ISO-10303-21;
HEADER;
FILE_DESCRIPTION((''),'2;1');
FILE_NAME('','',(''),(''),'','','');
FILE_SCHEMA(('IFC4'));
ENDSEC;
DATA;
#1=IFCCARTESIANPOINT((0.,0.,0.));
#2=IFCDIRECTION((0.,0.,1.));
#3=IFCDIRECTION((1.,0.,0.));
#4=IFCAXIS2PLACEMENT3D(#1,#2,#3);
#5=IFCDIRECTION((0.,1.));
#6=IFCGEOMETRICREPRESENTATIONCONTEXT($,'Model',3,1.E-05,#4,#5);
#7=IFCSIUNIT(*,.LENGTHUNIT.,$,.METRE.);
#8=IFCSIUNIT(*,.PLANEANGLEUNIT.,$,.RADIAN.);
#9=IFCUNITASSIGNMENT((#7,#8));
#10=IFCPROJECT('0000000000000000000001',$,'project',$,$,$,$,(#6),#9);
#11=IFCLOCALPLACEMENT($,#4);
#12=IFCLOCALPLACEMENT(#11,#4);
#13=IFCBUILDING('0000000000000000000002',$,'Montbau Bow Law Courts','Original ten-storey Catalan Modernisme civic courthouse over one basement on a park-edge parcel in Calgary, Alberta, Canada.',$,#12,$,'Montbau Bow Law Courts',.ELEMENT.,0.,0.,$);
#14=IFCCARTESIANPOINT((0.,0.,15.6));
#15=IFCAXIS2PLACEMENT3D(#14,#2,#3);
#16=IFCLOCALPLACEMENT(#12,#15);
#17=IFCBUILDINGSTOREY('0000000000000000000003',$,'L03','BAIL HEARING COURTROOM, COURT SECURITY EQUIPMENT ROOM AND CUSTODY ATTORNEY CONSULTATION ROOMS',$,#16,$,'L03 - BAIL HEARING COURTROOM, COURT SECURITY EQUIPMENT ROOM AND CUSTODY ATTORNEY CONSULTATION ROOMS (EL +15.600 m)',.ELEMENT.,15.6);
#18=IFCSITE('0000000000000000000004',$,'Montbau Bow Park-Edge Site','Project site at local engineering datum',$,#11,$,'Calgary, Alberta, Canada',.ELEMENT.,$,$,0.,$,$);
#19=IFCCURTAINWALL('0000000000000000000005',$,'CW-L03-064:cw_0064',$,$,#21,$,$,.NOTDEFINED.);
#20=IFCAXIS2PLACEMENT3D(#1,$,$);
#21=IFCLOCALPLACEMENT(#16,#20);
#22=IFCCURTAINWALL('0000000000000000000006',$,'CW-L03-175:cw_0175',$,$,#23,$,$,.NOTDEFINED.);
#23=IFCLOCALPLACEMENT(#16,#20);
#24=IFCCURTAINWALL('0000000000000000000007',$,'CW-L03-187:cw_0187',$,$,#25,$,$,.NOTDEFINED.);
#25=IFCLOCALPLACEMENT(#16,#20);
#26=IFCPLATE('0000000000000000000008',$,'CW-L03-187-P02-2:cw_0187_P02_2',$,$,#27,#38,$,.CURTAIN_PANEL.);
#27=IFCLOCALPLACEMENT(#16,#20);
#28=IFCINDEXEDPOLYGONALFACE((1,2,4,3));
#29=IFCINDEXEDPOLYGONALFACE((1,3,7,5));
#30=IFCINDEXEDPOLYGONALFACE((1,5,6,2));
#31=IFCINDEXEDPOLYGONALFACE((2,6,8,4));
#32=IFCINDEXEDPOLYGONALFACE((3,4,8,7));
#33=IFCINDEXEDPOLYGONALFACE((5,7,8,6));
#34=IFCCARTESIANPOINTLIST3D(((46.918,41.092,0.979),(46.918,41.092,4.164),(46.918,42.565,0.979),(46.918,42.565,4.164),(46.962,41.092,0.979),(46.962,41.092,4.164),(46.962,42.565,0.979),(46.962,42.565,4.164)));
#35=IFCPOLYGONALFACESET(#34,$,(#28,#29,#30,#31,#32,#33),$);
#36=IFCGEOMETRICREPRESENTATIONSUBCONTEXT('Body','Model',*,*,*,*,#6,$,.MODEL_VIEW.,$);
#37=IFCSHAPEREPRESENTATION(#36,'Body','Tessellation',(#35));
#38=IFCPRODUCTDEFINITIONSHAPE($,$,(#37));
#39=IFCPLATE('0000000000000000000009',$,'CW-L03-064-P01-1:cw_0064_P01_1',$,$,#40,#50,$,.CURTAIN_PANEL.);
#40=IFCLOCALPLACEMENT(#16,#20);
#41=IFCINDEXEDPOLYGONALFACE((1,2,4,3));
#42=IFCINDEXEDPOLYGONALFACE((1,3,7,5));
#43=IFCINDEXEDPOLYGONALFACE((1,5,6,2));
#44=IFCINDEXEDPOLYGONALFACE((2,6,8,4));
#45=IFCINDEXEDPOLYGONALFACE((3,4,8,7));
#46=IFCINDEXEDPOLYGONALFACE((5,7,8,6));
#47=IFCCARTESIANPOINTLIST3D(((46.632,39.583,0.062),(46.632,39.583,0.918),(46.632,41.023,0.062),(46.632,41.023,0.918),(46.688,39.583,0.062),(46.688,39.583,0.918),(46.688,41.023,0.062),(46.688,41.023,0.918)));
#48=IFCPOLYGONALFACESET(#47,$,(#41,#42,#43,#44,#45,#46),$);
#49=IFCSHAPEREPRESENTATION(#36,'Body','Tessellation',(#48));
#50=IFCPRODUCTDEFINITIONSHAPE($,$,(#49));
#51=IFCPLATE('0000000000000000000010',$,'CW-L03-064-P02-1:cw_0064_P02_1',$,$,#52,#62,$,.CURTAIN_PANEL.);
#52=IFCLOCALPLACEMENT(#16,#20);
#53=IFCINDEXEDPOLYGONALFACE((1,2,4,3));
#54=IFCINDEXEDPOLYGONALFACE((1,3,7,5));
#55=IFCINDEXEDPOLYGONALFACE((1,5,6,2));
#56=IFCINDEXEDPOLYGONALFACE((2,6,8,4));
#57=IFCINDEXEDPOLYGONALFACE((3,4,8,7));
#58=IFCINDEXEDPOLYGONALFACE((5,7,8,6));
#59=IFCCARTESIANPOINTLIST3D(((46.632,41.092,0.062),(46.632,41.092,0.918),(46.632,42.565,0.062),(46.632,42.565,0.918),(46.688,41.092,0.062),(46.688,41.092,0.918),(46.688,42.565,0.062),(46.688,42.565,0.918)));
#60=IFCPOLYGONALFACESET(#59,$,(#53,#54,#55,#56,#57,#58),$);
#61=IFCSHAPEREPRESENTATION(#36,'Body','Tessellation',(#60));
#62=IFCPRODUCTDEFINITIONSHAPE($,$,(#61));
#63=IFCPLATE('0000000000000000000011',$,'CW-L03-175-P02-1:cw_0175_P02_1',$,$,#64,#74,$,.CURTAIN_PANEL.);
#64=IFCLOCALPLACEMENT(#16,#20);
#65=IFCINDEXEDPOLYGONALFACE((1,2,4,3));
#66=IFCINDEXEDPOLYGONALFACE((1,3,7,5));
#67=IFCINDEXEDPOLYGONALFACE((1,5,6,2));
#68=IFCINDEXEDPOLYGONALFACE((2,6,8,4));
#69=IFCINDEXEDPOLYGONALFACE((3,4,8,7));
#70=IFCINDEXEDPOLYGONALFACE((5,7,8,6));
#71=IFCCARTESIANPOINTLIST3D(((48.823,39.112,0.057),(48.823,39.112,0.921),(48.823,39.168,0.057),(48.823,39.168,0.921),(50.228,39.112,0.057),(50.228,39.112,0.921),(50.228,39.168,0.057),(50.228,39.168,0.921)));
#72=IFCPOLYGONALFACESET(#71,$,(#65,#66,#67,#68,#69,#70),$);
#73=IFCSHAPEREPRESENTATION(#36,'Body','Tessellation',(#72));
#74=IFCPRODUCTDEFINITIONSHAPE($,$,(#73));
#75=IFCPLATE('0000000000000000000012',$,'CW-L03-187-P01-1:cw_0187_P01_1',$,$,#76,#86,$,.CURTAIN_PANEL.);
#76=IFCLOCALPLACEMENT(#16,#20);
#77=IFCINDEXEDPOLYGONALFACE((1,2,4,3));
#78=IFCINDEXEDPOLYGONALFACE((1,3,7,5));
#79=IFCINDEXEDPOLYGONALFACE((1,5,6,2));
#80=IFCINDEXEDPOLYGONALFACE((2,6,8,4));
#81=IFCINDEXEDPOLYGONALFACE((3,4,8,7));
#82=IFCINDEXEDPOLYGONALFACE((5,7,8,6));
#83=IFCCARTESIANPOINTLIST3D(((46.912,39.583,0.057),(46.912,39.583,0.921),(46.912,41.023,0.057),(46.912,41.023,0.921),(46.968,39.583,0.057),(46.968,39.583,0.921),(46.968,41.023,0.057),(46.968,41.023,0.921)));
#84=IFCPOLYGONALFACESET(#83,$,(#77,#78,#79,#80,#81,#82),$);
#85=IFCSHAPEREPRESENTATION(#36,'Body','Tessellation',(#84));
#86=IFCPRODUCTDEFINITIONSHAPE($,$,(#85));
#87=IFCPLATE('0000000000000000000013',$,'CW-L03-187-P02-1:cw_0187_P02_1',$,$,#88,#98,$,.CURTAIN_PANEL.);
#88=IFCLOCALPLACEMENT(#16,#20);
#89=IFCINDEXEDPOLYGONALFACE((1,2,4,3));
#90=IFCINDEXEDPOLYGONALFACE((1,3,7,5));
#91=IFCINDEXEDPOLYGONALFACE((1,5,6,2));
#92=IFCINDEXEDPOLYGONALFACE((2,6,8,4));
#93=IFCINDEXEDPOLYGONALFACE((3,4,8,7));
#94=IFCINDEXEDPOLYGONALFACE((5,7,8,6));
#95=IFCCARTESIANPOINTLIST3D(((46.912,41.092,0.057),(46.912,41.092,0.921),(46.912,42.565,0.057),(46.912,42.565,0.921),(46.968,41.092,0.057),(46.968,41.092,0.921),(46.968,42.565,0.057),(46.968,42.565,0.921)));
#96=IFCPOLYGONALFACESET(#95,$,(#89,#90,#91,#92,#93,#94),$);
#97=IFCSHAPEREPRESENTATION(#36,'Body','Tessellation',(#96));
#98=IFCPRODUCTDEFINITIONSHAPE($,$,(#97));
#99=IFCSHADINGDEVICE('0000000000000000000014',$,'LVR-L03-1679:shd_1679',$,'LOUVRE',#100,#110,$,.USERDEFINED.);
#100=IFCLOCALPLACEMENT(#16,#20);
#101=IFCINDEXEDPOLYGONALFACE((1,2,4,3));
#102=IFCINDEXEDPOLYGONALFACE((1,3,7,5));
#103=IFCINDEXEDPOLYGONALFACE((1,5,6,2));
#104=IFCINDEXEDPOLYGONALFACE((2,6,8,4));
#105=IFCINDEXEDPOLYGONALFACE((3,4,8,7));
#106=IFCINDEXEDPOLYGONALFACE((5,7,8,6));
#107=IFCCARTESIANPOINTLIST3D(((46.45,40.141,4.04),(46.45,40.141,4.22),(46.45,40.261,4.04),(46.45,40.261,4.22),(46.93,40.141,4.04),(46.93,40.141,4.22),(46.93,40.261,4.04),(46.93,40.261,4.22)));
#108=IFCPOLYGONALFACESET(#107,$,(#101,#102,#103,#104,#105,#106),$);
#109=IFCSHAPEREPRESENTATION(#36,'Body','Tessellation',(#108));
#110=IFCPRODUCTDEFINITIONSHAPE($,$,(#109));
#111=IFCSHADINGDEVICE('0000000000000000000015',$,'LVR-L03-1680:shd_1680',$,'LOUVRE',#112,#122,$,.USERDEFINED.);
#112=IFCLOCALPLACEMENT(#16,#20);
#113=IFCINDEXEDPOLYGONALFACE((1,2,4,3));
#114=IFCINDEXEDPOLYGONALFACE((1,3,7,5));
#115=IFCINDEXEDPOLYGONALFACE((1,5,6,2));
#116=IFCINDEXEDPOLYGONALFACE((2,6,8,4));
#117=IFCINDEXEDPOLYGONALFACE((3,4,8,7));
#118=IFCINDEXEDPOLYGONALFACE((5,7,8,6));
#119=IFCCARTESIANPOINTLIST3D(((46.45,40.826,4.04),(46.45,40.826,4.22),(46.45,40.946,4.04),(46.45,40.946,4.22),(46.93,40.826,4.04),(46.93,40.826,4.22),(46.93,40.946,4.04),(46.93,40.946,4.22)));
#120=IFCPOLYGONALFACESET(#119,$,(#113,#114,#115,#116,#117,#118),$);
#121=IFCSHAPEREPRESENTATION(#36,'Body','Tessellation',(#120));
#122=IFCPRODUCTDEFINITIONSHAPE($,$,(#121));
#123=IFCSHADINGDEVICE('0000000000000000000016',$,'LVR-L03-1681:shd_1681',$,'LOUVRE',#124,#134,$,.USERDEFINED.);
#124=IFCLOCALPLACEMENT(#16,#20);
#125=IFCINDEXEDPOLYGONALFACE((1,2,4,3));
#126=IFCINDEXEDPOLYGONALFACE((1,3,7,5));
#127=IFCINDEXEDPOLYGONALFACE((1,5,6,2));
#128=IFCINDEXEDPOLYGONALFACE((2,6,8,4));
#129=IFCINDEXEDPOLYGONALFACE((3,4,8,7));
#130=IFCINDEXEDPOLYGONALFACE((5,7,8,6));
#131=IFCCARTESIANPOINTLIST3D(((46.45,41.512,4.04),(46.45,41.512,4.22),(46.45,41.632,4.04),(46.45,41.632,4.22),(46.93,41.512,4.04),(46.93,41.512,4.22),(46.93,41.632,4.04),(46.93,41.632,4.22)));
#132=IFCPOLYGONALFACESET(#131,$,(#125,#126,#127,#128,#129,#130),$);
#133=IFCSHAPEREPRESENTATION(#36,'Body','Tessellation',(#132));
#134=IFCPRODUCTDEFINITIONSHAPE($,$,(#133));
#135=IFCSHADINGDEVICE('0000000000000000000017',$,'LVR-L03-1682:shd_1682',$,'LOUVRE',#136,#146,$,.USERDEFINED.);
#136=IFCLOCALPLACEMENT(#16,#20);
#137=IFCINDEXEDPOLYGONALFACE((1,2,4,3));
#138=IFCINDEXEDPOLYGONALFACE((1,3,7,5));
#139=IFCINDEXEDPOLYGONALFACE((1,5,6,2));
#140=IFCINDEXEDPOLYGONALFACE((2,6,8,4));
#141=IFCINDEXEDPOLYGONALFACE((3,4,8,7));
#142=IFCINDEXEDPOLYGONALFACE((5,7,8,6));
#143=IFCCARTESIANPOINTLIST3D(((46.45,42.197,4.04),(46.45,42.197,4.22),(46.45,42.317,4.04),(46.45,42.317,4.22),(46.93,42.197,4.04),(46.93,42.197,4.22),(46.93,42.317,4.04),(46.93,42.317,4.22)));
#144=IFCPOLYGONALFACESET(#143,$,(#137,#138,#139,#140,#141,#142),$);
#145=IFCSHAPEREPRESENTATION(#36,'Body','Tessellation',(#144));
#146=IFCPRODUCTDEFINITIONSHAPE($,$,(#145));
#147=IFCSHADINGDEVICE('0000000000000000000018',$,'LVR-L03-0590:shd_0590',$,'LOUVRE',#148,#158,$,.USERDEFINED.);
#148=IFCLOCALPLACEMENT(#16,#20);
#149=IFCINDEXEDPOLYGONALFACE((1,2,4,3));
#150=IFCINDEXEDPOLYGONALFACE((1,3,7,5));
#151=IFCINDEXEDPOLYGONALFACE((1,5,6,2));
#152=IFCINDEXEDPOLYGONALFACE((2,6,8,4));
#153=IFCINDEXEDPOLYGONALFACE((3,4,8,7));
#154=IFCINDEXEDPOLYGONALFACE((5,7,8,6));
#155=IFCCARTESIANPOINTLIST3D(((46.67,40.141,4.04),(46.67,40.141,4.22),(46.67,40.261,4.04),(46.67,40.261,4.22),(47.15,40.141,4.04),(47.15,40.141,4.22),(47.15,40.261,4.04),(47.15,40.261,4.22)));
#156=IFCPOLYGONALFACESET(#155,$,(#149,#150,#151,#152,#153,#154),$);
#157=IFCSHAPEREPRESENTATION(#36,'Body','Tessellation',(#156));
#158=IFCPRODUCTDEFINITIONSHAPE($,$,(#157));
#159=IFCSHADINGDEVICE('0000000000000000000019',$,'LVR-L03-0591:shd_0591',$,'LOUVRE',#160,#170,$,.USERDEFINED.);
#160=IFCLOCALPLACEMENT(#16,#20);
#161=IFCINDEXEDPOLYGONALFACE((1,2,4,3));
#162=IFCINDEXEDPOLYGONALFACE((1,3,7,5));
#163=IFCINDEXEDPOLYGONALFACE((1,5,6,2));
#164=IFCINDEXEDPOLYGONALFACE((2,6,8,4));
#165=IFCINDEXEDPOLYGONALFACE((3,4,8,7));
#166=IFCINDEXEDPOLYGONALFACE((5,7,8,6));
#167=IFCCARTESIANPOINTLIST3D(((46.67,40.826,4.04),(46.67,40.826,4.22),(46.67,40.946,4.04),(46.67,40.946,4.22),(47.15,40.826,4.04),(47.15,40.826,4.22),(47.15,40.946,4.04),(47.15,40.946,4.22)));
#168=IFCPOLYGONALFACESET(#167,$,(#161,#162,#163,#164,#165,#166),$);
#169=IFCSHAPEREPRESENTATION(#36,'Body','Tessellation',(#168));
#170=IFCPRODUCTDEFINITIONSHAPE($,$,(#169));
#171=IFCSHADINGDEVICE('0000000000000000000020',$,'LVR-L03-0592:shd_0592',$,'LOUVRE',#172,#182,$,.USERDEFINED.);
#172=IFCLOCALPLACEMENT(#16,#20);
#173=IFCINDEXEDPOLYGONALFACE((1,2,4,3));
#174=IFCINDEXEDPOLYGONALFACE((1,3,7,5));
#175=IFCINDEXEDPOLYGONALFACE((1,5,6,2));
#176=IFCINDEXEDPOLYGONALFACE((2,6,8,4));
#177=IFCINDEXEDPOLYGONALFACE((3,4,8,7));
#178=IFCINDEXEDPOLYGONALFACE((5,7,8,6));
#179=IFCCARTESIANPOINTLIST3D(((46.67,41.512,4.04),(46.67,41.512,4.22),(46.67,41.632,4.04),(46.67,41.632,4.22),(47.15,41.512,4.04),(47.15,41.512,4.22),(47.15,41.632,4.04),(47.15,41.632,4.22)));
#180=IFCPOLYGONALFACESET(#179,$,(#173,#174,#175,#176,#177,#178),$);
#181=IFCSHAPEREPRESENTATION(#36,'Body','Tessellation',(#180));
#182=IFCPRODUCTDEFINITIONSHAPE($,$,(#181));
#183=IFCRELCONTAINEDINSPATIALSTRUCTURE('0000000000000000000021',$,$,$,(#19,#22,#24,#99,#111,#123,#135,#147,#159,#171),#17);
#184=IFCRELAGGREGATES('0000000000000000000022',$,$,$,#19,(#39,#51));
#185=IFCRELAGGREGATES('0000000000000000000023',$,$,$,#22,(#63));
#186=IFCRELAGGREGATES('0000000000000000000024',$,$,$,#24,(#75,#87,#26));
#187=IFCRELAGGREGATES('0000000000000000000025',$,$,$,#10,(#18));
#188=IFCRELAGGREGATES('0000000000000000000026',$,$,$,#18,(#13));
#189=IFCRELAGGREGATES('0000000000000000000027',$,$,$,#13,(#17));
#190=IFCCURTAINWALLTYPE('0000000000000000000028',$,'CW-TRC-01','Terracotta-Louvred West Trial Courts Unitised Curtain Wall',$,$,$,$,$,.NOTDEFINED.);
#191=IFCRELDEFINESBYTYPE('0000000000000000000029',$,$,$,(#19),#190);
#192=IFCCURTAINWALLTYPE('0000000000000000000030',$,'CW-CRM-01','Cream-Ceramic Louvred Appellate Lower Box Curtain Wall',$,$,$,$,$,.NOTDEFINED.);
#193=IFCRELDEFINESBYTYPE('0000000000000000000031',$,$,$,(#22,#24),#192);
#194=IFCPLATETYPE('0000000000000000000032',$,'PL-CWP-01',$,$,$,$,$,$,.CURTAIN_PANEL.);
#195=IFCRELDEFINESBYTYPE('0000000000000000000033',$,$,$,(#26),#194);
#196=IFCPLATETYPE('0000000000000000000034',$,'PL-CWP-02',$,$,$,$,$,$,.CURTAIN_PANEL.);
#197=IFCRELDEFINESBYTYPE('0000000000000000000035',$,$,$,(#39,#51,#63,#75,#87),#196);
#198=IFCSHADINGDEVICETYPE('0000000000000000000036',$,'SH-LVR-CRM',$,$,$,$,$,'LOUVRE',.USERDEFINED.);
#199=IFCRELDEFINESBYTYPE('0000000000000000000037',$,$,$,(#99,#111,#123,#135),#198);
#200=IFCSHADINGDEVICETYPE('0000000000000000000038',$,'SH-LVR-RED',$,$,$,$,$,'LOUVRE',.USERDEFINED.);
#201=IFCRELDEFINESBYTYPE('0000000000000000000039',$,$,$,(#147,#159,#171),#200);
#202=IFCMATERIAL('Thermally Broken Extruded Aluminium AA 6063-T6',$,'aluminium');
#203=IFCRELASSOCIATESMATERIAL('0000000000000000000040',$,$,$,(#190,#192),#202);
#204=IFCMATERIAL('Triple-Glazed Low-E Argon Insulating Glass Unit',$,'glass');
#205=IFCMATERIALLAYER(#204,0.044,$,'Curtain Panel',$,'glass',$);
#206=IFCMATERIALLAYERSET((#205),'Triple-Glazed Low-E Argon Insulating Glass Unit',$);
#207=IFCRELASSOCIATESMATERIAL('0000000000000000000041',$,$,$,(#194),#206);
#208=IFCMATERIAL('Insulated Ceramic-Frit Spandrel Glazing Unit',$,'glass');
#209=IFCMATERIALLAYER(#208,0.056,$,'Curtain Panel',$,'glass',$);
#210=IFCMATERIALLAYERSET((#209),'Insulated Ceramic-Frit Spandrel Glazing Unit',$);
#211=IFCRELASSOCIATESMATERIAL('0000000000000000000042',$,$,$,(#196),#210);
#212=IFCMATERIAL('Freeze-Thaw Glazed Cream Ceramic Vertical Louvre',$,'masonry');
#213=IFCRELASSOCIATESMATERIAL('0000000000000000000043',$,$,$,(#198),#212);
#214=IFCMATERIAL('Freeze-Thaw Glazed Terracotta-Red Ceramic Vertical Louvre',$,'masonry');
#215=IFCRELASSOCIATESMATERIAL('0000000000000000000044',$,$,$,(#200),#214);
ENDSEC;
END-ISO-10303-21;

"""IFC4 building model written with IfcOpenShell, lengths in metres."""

from ifc_helpers import new_model, si_unit, direction, frame, frame_2d, origin_with_axes, origin_2d_with_axis, place, context, subcontext, project, spatial, rectangle, extrude, material, layer, layer_set, type_object, element, aggregate, save


model = new_model("IFC4")

# Units and contexts
model_context = context("Model", 3, precision=1e-05, world=origin_with_axes(), true_north=direction((0.0, 1.0)))
body_context = subcontext(model_context, "Body", "Model", "MODEL_VIEW")
ifc_project = project(units=[si_unit("LENGTHUNIT", "METRE"), si_unit("PLANEANGLEUNIT", "RADIAN")], contexts=[model_context])

# Site, building, storey
site_placement = place(None, origin_with_axes())
site = spatial("IfcSite", under=ifc_project, at=site_placement, Name="Montbau Bow Park-Edge Site", Description="Project site at local engineering datum", LongName="Calgary, Alberta, Canada", CompositionType="ELEMENT", RefElevation=0.0)
building_placement = place(site_placement, origin_with_axes())
building = spatial("IfcBuilding", under=site, at=building_placement, Name="Montbau Bow Law Courts", Description="Original ten-storey Catalan Modernisme civic courthouse over one basement on a park-edge parcel in Calgary, Alberta, Canada.", LongName="Montbau Bow Law Courts", CompositionType="ELEMENT", ElevationOfRefHeight=0.0, ElevationOfTerrain=0.0)
storey_placement = place(building_placement, frame((0.0, 0.0, 15.6), z_axis=(0.0, 0.0, 1.0), x_axis=(1.0, 0.0, 0.0)))
storey = spatial("IfcBuildingStorey", under=building, at=storey_placement, Name="L03", Description="BAIL HEARING COURTROOM, COURT SECURITY EQUIPMENT ROOM AND CUSTODY ATTORNEY CONSULTATION ROOMS", LongName="L03 - BAIL HEARING COURTROOM, COURT SECURITY EQUIPMENT ROOM AND CUSTODY ATTORNEY CONSULTATION ROOMS (EL +15.600 m)", CompositionType="ELEMENT", Elevation=15.6)

# Curtain walls
ifc_material_1 = material(Name="Thermally Broken Extruded Aluminium AA 6063-T6", Category="aluminium")
curtain_wall_type_1 = type_object("IfcCurtainWallType", Name="CW-TRC-01", Description="Terracotta-Louvred West Trial Courts Unitised Curtain Wall", PredefinedType="NOTDEFINED", material=ifc_material_1)
curtain_wall_1_placement = place(None, frame((46.66, 39.515, 15.6), z_axis=(0.0, 0.0, 1.0), x_axis=(1.0, 0.0, 0.0)))
curtain_wall_1 = element("IfcCurtainWall", 1, at=curtain_wall_1_placement, inside=storey, type_object=curtain_wall_type_1, Name="CW-L03-064:cw_0064", PredefinedType="NOTDEFINED")
curtain_wall_type_2 = type_object("IfcCurtainWallType", Name="CW-CRM-01", Description="Cream-Ceramic Louvred Appellate Lower Box Curtain Wall", PredefinedType="NOTDEFINED", material=ifc_material_1)
curtain_wall_2_placement = place(None, frame((47.315, 39.14, 15.6), z_axis=(0.0, 0.0, 1.0), x_axis=(1.0, 0.0, 0.0)))
curtain_wall_2 = element("IfcCurtainWall", 2, at=curtain_wall_2_placement, inside=storey, type_object=curtain_wall_type_2, Name="CW-L03-175:cw_0175", PredefinedType="NOTDEFINED")
curtain_wall_3_placement = place(None, frame((46.94, 39.515, 15.6), z_axis=(0.0, 0.0, 1.0), x_axis=(1.0, 0.0, 0.0)))
curtain_wall_3 = element("IfcCurtainWall", 3, at=curtain_wall_3_placement, inside=storey, type_object=curtain_wall_type_2, Name="CW-L03-187:cw_0187", PredefinedType="NOTDEFINED")

# Plates
ifc_material_2 = material(Name="Triple-Glazed Low-E Argon Insulating Glass Unit", Category="glass")
ifc_layer_1 = layer(ifc_material_2, 0.044, Name="Curtain Panel", Category="glass")
ifc_layer_set_1 = layer_set([ifc_layer_1], Name="Triple-Glazed Low-E Argon Insulating Glass Unit")
plate_type_1 = type_object("IfcPlateType", Name="PL-CWP-01", PredefinedType="CURTAIN_PANEL", material=ifc_layer_set_1)
plate_1_placement = place(None, frame((46.94, 41.092, 16.579), z_axis=(1.0, 0.0, 0.0), x_axis=(0.0, 1.0, 0.0)))
plate_1 = element("IfcPlate", 4, at=plate_1_placement, type_object=plate_type_1, Name="CW-L03-187-P02-2:cw_0187_P02_2", PredefinedType="CURTAIN_PANEL", context=body_context, shape_type="SweptSolid", body=[
    extrude(rectangle(XDim=1.473, YDim=3.185, at=frame_2d((0.7365, 1.5925), x_axis=(1.0, 0.0))), frame((0.0, 0.0, -0.022), z_axis=(0.0, 0.0, 1.0), x_axis=(1.0, 0.0, 0.0)), (0.0, 0.0, 1.0), 0.044),
])
ifc_material_3 = material(Name="Insulated Ceramic-Frit Spandrel Glazing Unit", Category="glass")
ifc_layer_2 = layer(ifc_material_3, 0.056, Name="Curtain Panel", Category="glass")
ifc_layer_set_2 = layer_set([ifc_layer_2], Name="Insulated Ceramic-Frit Spandrel Glazing Unit")
plate_type_2 = type_object("IfcPlateType", Name="PL-CWP-02", PredefinedType="CURTAIN_PANEL", material=ifc_layer_set_2)
plate_2_placement = place(None, frame((46.66, 39.583, 15.662), z_axis=(1.0, 0.0, 0.0), x_axis=(0.0, 1.0, 0.0)))
plate_2 = element("IfcPlate", 5, at=plate_2_placement, type_object=plate_type_2, Name="CW-L03-064-P01-1:cw_0064_P01_1", PredefinedType="CURTAIN_PANEL", context=body_context, shape_type="SweptSolid", body=[
    extrude(rectangle(XDim=1.44, YDim=0.856, at=frame_2d((0.72, 0.428), x_axis=(1.0, 0.0))), frame((0.0, 0.0, -0.028), z_axis=(0.0, 0.0, 1.0), x_axis=(1.0, 0.0, 0.0)), (0.0, 0.0, 1.0), 0.056),
])
plate_3_placement = place(None, frame((46.66, 41.092, 15.662), z_axis=(1.0, 0.0, 0.0), x_axis=(0.0, 1.0, 0.0)))
plate_3 = element("IfcPlate", 6, at=plate_3_placement, type_object=plate_type_2, Name="CW-L03-064-P02-1:cw_0064_P02_1", PredefinedType="CURTAIN_PANEL", context=body_context, shape_type="SweptSolid", body=[
    extrude(rectangle(XDim=1.473, YDim=0.856, at=frame_2d((0.7365, 0.428), x_axis=(1.0, 0.0))), frame((0.0, 0.0, -0.028), z_axis=(0.0, 0.0, 1.0), x_axis=(1.0, 0.0, 0.0)), (0.0, 0.0, 1.0), 0.056),
])
aggregate(curtain_wall_1, [plate_2, plate_3])
plate_4_placement = place(None, frame((48.823, 39.14, 15.657), z_axis=(0.0, -1.0, 0.0), x_axis=(1.0, 0.0, 0.0)))
plate_4 = element("IfcPlate", 7, at=plate_4_placement, type_object=plate_type_2, Name="CW-L03-175-P02-1:cw_0175_P02_1", PredefinedType="CURTAIN_PANEL", context=body_context, shape_type="SweptSolid", body=[
    extrude(rectangle(XDim=1.405, YDim=0.864, at=frame_2d((0.7025, 0.432), x_axis=(1.0, 0.0))), frame((0.0, 0.0, -0.028), z_axis=(0.0, 0.0, 1.0), x_axis=(1.0, 0.0, 0.0)), (0.0, 0.0, 1.0), 0.056),
])
aggregate(curtain_wall_2, [plate_4])
plate_5_placement = place(None, frame((46.94, 39.583, 15.657), z_axis=(1.0, 0.0, 0.0), x_axis=(0.0, 1.0, 0.0)))
plate_5 = element("IfcPlate", 8, at=plate_5_placement, type_object=plate_type_2, Name="CW-L03-187-P01-1:cw_0187_P01_1", PredefinedType="CURTAIN_PANEL", context=body_context, shape_type="SweptSolid", body=[
    extrude(rectangle(XDim=1.44, YDim=0.864, at=frame_2d((0.72, 0.432), x_axis=(1.0, 0.0))), frame((0.0, 0.0, -0.028), z_axis=(0.0, 0.0, 1.0), x_axis=(1.0, 0.0, 0.0)), (0.0, 0.0, 1.0), 0.056),
])
plate_6_placement = place(None, frame((46.94, 41.092, 15.657), z_axis=(1.0, 0.0, 0.0), x_axis=(0.0, 1.0, 0.0)))
plate_6 = element("IfcPlate", 9, at=plate_6_placement, type_object=plate_type_2, Name="CW-L03-187-P02-1:cw_0187_P02_1", PredefinedType="CURTAIN_PANEL", context=body_context, shape_type="SweptSolid", body=[
    extrude(rectangle(XDim=1.473, YDim=0.864, at=frame_2d((0.7365, 0.432), x_axis=(1.0, 0.0))), frame((0.0, 0.0, -0.028), z_axis=(0.0, 0.0, 1.0), x_axis=(1.0, 0.0, 0.0)), (0.0, 0.0, 1.0), 0.056),
])
aggregate(curtain_wall_3, [plate_5, plate_6, plate_1])

# Shading devices
ifc_material_4 = material(Name="Freeze-Thaw Glazed Cream Ceramic Vertical Louvre", Category="masonry")
shading_device_type_1 = type_object("IfcShadingDeviceType", Name="SH-LVR-CRM", ElementType="LOUVRE", PredefinedType="USERDEFINED", material=ifc_material_4)
for number, where, z_axis, x_axis, name in (
    (10, (46.69, 40.201, 19.64), (0.0, 0.0, 1.0), (-1.0, 0.0, 0.0), "LVR-L03-1679:shd_1679"),
    (11, (46.69, 40.886, 19.64), (0.0, 0.0, 1.0), (-1.0, 0.0, 0.0), "LVR-L03-1680:shd_1680"),
    (12, (46.69, 41.572, 19.64), (0.0, 0.0, 1.0), (-1.0, 0.0, 0.0), "LVR-L03-1681:shd_1681"),
    (13, (46.69, 42.257, 19.64), (0.0, 0.0, 1.0), (-1.0, 0.0, 0.0), "LVR-L03-1682:shd_1682"),
):
    element("IfcShadingDevice", number, at=place(None, frame(where, z_axis=z_axis, x_axis=x_axis)), inside=storey, type_object=shading_device_type_1, Name=name, ObjectType="LOUVRE", PredefinedType="USERDEFINED", context=body_context, shape_type="SweptSolid", body=[
        extrude(rectangle(XDim=0.48, YDim=0.12, at=origin_2d_with_axis()), origin_with_axes(), (0.0, 0.0, 1.0), 0.18),
    ])
ifc_material_5 = material(Name="Freeze-Thaw Glazed Terracotta-Red Ceramic Vertical Louvre", Category="masonry")
shading_device_type_2 = type_object("IfcShadingDeviceType", Name="SH-LVR-RED", ElementType="LOUVRE", PredefinedType="USERDEFINED", material=ifc_material_5)
for number, where, z_axis, x_axis, name in (
    (14, (46.91, 40.201, 19.64), (0.0, 0.0, 1.0), (1.0, 0.0, 0.0), "LVR-L03-0590:shd_0590"),
    (15, (46.91, 40.886, 19.64), (0.0, 0.0, 1.0), (1.0, 0.0, 0.0), "LVR-L03-0591:shd_0591"),
    (16, (46.91, 41.572, 19.64), (0.0, 0.0, 1.0), (1.0, 0.0, 0.0), "LVR-L03-0592:shd_0592"),
):
    element("IfcShadingDevice", number, at=place(None, frame(where, z_axis=z_axis, x_axis=x_axis)), inside=storey, type_object=shading_device_type_2, Name=name, ObjectType="LOUVRE", PredefinedType="USERDEFINED", context=body_context, shape_type="SweptSolid", body=[
        extrude(rectangle(XDim=0.48, YDim=0.12, at=origin_2d_with_axis()), origin_with_axes(), (0.0, 0.0, 1.0), 0.18),
    ])

save(model, "model.ifc")
